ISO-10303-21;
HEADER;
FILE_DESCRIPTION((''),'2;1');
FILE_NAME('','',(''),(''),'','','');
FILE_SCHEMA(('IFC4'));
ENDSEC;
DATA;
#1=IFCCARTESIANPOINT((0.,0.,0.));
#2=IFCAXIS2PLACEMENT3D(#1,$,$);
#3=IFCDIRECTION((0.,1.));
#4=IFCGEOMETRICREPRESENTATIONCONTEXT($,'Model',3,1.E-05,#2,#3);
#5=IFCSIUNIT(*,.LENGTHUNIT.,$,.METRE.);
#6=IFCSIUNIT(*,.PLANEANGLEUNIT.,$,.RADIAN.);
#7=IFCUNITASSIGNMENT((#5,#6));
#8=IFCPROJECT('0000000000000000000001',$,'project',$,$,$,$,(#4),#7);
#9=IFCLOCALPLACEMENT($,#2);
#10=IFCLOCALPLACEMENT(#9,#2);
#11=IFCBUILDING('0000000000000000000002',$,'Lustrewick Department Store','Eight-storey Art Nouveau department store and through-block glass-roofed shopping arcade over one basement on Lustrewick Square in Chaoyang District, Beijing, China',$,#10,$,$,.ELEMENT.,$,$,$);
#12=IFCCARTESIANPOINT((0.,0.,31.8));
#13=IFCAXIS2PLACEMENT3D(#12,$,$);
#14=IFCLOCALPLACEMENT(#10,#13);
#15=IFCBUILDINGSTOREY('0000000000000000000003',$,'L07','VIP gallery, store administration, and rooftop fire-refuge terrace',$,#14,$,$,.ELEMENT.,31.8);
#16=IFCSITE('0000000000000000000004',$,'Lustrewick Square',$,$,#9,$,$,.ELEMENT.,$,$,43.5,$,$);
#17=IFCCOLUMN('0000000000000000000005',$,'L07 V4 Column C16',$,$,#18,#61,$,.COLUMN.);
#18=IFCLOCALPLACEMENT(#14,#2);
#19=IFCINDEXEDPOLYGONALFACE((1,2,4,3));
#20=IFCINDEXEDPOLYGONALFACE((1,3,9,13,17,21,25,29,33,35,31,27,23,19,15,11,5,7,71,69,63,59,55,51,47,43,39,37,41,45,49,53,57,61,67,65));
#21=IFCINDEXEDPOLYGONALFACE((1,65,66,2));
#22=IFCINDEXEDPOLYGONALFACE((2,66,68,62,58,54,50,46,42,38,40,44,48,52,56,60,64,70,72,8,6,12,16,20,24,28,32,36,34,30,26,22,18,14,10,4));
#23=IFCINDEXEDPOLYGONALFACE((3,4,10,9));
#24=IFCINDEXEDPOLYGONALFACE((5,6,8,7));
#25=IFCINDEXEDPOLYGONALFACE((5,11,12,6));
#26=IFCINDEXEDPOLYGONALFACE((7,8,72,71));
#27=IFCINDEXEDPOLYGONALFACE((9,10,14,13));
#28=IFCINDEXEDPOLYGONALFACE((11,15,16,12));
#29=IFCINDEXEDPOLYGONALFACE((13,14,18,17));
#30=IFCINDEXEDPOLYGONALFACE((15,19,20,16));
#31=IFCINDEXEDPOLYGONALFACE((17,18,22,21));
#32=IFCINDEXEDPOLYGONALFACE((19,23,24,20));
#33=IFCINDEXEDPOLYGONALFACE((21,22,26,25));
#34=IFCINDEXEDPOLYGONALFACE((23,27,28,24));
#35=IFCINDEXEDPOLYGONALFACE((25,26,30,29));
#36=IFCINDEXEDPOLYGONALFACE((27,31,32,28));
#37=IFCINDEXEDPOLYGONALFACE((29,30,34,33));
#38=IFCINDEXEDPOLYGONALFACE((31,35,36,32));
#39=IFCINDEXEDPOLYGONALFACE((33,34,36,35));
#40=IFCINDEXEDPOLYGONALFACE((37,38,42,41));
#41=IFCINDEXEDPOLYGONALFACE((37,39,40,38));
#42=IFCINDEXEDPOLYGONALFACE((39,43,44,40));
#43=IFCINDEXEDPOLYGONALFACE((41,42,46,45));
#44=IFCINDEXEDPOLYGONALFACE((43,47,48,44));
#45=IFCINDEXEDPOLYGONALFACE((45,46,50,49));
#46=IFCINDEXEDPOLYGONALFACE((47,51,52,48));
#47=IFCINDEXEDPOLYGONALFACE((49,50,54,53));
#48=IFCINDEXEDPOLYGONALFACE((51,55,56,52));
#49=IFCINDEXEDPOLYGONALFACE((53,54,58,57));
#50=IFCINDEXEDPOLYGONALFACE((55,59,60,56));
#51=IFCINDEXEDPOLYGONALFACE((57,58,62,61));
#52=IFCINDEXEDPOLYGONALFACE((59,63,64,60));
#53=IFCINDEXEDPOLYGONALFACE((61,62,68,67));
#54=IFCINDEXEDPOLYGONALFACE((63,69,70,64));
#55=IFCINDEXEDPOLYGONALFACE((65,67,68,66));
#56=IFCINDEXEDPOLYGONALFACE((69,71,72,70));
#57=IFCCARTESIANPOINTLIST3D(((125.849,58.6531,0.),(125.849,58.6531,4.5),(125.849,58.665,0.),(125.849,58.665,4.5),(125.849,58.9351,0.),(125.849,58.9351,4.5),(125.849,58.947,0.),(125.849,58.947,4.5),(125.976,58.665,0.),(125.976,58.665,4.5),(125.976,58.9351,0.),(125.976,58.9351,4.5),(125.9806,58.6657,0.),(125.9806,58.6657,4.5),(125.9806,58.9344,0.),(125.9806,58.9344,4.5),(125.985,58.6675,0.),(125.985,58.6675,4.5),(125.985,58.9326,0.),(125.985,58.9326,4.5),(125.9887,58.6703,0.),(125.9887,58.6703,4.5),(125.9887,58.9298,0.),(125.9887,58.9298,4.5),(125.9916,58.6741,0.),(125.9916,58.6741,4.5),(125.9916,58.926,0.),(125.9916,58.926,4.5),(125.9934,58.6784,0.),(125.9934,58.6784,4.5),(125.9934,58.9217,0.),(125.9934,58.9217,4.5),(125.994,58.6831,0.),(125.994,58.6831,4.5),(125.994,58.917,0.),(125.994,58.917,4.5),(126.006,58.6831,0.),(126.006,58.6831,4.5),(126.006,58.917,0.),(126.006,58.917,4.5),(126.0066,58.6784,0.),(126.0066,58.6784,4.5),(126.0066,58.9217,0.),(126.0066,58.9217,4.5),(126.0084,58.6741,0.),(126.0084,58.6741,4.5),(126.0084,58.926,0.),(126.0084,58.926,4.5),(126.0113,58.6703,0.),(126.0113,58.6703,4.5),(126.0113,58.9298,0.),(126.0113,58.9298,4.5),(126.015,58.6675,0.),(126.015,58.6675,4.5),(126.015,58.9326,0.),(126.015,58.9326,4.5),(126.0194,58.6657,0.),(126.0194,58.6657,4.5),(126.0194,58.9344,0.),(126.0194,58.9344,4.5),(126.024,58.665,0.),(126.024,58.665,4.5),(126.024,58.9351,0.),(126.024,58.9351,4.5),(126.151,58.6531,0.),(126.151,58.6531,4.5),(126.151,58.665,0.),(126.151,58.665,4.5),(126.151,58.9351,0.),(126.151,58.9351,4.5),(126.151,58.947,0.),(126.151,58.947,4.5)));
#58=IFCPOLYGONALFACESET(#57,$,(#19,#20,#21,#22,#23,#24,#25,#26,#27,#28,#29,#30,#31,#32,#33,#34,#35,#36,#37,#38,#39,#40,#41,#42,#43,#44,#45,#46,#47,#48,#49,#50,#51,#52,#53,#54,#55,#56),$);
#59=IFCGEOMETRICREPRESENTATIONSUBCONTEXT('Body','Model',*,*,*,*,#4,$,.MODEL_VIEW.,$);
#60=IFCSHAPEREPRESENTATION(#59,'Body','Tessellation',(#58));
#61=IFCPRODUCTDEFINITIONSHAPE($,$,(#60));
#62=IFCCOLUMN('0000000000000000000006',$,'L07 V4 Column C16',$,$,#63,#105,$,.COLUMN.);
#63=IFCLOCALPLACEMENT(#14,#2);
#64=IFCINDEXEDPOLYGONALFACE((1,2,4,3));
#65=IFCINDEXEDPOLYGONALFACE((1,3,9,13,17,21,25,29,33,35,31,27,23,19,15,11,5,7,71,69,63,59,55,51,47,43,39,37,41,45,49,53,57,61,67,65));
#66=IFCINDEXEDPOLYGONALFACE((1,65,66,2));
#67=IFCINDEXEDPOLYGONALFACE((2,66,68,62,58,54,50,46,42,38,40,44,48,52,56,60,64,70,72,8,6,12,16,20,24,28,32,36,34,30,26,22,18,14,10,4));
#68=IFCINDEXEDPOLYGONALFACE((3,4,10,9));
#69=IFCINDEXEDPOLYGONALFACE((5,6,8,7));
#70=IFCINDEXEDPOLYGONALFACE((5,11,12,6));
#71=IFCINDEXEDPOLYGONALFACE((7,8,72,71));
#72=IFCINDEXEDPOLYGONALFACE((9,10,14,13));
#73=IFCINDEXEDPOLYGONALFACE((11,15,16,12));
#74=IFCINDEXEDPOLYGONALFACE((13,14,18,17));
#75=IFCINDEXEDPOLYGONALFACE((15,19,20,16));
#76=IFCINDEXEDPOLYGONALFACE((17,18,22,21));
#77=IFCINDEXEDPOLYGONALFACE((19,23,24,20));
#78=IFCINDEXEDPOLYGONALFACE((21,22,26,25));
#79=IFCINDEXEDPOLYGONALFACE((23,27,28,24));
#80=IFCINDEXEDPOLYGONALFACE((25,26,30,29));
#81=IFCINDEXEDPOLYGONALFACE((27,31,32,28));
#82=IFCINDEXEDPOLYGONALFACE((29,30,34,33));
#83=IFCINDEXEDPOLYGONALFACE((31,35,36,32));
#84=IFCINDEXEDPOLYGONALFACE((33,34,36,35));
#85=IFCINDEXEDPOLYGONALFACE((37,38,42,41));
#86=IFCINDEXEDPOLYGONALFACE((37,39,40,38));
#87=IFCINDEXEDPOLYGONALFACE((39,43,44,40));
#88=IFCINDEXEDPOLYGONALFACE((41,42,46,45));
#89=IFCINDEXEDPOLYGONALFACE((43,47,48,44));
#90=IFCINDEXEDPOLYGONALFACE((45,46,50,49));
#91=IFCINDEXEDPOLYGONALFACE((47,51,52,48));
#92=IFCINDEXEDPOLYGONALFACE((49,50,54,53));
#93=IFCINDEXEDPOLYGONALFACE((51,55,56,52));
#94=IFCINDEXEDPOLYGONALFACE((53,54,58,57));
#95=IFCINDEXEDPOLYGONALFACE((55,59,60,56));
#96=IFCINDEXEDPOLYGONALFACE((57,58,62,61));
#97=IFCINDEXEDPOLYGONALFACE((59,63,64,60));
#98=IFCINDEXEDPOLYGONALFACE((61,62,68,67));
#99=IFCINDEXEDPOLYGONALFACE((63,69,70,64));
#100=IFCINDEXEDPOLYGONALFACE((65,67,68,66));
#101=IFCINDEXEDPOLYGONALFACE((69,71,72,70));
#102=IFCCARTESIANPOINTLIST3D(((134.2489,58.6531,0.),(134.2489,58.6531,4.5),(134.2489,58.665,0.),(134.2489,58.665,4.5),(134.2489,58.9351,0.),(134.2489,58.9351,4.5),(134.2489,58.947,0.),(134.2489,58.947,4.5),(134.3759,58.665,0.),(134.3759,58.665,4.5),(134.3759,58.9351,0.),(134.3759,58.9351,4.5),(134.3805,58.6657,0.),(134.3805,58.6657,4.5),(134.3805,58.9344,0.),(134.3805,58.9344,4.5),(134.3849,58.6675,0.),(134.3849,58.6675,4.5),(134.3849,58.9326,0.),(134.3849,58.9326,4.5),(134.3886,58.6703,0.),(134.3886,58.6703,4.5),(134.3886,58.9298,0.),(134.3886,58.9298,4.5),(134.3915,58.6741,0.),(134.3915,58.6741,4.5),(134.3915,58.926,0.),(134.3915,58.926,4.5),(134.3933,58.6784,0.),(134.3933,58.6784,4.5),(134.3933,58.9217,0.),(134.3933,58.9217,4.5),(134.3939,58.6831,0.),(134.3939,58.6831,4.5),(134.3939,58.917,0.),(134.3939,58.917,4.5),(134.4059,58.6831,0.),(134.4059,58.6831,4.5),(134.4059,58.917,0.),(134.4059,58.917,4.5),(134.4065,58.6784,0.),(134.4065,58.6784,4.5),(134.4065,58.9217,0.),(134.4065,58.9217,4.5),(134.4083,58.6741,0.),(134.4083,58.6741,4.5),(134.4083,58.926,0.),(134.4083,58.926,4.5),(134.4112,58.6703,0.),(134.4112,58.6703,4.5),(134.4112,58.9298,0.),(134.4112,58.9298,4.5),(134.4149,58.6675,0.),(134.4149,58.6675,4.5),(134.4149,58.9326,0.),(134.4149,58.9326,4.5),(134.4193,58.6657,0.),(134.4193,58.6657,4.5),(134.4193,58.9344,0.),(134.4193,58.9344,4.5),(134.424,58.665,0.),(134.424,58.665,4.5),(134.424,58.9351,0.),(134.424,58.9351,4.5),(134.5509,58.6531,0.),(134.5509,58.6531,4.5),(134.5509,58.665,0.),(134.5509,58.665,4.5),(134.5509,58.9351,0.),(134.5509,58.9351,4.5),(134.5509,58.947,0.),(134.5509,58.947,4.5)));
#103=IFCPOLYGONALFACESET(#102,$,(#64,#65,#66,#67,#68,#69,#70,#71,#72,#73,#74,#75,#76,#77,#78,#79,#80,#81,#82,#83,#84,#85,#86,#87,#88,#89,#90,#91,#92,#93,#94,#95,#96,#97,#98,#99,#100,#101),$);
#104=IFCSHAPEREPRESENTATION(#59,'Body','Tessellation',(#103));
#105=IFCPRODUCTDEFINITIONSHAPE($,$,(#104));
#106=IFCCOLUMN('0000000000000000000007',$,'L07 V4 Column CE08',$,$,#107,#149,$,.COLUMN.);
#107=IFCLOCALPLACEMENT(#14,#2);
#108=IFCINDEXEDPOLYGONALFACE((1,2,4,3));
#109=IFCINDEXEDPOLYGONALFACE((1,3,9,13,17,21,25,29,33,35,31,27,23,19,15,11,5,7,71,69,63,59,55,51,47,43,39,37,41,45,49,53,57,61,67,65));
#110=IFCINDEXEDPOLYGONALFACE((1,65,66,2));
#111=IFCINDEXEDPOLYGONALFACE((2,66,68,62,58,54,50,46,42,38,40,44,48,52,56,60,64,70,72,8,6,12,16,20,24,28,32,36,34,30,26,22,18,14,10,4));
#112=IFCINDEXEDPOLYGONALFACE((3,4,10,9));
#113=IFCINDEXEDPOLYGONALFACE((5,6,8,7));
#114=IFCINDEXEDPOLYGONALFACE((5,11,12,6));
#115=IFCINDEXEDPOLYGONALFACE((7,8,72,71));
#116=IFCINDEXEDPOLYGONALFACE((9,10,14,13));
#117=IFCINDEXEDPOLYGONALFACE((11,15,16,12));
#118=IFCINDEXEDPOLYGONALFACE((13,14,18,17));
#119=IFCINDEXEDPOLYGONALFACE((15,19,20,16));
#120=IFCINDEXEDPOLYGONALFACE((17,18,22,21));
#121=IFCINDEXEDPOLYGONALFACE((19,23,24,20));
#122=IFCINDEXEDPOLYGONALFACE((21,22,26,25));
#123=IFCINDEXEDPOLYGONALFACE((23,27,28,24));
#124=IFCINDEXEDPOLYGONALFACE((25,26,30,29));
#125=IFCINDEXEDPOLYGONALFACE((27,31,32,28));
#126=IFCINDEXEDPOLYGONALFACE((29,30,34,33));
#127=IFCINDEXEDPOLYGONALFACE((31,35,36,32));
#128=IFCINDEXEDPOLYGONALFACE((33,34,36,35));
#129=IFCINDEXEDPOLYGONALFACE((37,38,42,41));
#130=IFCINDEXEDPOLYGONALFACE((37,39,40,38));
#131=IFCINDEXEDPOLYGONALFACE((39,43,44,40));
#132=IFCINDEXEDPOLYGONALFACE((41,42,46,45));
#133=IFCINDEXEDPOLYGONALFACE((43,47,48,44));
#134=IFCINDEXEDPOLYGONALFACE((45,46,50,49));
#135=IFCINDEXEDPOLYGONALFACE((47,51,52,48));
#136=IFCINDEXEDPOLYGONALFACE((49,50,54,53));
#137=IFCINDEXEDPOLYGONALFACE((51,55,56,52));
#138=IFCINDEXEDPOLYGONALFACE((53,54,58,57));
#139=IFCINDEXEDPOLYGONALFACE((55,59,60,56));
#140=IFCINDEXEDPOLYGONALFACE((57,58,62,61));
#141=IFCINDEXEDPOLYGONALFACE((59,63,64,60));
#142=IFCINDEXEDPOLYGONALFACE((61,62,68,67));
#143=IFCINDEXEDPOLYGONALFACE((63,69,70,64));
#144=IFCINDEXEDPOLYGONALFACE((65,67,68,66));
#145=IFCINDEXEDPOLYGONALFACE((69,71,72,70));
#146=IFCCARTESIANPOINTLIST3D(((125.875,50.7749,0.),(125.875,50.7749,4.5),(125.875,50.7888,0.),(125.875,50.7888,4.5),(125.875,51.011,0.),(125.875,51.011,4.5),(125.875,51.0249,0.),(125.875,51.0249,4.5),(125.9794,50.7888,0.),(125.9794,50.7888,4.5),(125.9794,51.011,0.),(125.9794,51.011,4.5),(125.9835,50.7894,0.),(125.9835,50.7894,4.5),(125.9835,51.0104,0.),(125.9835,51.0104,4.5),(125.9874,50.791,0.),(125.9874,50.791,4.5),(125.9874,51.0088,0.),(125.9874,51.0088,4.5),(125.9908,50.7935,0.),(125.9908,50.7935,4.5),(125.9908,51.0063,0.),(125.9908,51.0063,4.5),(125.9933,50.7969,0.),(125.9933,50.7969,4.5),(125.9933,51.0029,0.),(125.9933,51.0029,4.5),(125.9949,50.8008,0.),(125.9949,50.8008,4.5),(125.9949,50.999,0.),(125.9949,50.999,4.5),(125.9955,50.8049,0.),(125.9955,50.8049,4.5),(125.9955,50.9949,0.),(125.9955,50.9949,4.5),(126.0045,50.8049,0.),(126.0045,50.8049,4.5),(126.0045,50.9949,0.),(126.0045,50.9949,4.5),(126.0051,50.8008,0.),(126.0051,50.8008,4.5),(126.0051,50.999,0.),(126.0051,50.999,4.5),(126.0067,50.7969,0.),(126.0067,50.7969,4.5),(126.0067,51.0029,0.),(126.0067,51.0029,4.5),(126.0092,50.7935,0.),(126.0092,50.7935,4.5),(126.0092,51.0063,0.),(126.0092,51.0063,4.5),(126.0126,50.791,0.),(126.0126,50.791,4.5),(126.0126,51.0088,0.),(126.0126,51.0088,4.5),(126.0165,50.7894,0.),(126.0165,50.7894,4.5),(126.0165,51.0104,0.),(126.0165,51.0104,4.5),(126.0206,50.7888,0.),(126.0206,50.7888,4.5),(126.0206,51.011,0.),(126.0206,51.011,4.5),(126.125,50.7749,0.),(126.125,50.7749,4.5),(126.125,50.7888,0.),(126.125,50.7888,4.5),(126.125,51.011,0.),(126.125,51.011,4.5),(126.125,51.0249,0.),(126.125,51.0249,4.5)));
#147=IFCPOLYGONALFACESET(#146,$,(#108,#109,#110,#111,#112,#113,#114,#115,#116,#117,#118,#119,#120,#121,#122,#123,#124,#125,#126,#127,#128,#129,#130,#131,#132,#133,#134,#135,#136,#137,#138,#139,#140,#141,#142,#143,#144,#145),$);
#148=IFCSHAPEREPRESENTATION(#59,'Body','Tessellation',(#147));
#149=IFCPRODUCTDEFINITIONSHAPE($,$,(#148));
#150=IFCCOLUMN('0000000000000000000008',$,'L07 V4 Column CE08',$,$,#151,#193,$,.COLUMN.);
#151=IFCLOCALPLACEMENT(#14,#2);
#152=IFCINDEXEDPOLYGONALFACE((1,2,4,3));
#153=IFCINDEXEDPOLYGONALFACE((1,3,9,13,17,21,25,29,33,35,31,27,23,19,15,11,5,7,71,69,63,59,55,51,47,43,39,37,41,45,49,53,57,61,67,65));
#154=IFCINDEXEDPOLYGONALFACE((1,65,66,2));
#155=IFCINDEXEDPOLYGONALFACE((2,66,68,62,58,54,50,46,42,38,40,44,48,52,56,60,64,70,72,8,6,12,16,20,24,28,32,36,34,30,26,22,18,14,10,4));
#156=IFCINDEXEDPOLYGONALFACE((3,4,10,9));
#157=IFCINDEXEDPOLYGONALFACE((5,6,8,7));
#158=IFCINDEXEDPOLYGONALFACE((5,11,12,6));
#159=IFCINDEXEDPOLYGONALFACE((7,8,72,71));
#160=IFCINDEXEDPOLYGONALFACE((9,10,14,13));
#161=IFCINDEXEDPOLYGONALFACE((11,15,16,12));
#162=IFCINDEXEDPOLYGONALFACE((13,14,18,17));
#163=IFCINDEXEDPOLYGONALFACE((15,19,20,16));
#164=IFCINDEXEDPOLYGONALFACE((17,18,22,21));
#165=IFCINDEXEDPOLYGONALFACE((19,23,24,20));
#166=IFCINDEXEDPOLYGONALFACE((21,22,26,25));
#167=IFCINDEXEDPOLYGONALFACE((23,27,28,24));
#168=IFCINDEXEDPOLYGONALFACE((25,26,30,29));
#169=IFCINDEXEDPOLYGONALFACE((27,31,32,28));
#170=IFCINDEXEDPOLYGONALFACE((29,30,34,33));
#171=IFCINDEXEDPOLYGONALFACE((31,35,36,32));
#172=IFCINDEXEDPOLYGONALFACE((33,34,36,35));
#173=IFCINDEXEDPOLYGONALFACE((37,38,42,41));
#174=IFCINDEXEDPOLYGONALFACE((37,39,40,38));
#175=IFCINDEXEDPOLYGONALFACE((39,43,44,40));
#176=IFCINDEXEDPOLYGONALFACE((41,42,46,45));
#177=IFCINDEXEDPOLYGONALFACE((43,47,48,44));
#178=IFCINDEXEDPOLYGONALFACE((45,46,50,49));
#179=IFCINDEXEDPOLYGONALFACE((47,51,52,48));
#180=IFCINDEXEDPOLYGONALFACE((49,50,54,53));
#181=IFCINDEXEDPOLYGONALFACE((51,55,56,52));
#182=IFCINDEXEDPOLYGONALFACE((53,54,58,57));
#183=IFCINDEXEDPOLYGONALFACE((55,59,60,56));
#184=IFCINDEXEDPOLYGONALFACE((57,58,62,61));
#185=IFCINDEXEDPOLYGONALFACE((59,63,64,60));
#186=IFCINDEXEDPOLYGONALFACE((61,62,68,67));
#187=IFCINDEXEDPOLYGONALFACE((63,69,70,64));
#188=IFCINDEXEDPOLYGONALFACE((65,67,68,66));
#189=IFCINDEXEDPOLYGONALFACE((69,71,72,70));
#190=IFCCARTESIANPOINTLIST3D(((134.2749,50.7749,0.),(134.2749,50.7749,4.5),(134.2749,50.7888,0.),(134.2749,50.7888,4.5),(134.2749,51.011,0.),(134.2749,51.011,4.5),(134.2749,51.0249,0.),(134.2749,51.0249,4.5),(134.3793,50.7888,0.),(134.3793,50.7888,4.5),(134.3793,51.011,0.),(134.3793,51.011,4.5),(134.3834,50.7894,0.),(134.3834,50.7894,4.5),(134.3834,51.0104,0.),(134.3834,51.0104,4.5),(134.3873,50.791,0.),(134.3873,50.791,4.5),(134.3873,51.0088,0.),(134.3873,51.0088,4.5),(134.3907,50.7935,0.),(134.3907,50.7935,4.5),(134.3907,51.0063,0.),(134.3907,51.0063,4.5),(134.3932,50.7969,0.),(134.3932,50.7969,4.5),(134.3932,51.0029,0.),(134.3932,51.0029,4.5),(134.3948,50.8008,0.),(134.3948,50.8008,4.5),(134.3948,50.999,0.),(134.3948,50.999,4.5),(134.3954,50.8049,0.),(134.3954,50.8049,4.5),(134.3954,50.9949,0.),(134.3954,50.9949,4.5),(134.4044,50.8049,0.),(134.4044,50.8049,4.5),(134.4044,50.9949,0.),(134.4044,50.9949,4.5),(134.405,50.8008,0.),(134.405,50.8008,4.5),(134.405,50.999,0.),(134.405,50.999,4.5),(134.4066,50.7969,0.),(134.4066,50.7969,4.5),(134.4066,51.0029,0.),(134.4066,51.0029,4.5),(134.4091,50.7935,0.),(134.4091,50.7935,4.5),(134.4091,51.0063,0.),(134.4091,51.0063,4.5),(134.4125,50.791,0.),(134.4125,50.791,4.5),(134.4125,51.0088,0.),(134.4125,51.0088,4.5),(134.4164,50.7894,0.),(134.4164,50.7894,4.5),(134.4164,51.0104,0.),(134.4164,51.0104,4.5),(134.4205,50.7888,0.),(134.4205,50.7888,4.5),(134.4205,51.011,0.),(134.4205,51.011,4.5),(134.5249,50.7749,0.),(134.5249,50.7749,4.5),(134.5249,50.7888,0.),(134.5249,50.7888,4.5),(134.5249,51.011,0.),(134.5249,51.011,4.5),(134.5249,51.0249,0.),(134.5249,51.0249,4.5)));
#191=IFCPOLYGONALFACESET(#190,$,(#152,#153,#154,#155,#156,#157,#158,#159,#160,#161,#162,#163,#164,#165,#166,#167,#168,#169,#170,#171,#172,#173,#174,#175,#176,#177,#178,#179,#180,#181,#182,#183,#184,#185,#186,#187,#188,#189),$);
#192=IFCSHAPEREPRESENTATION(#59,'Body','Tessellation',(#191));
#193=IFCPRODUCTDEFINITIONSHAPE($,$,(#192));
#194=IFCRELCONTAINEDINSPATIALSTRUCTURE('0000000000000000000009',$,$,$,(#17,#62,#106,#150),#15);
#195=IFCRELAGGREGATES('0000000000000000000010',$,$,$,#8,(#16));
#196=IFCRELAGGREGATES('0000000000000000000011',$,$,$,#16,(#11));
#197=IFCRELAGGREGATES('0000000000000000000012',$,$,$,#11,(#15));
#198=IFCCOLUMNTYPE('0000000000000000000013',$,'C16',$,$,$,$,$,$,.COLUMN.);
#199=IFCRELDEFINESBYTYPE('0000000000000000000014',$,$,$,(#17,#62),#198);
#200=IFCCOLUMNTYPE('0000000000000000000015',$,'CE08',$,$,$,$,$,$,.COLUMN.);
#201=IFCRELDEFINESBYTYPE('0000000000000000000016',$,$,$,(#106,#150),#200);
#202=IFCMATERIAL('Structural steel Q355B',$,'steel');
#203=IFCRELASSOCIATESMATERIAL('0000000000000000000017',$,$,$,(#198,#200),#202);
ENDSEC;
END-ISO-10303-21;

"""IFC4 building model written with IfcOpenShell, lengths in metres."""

from ifc_helpers import new_model, si_unit, direction, frame, origin, origin_2d, place, context, subcontext, project, spatial, i_section, extrude, material, material_profile, profile_set, type_object, element, save


model = new_model("IFC4")

# Units and contexts
model_context = context("Model", 3, precision=1e-05, world=origin(), true_north=direction((0.0, 1.0)))
body_context = subcontext(model_context, "Body", "Model", "MODEL_VIEW")
ifc_project = project(units=[si_unit("LENGTHUNIT", "METRE"), si_unit("PLANEANGLEUNIT", "RADIAN")], contexts=[model_context])

# Site, building, storey
site_placement = place(None, origin())
site = spatial("IfcSite", under=ifc_project, at=site_placement, Name="Lustrewick Square", CompositionType="ELEMENT", RefElevation=43.5)
building_placement = place(site_placement, origin())
building = spatial("IfcBuilding", under=site, at=building_placement, Name="Lustrewick Department Store", Description="Eight-storey Art Nouveau department store and through-block glass-roofed shopping arcade over one basement on Lustrewick Square in Chaoyang District, Beijing, China", CompositionType="ELEMENT")
storey_placement = place(building_placement, frame((0.0, 0.0, 31.8)))
storey = spatial("IfcBuildingStorey", under=building, at=storey_placement, Name="L07", Description="VIP gallery, store administration, and rooftop fire-refuge terrace", CompositionType="ELEMENT", Elevation=31.8)

# Columns
ifc_material_1 = material(Name="Structural steel Q355B", Category="steel")
ifc_material_profile_1 = material_profile(ifc_material_1, i_section(OverallWidth=0.302, OverallDepth=0.2939, WebThickness=0.012, FlangeThickness=0.012, FilletRadius=0.0181, at=origin_2d()), Name="HW 294x302x12x12")
ifc_profile_set_1 = profile_set([ifc_material_profile_1], Name="Structural steel Q355B")
column_type_1 = type_object("IfcColumnType", Name="C16", PredefinedType="COLUMN", material=ifc_profile_set_1)
for number, where, z_axis, x_axis, name in (
    (1, (126.0, 58.8, 0.0), (0.0, 0.0, 1.0), (1.0, 0.0, 0.0), "L07 V4 Column C16"),
    (2, (134.3999, 58.8, 0.0), (0.0, 0.0, 1.0), (1.0, 0.0, 0.0), "L07 V4 Column C16"),
):
    element("IfcColumn", number, at=place(storey_placement, frame(where, z_axis=z_axis, x_axis=x_axis)), inside=storey, type_object=column_type_1, Name=name, PredefinedType="COLUMN", context=body_context, shape_type="SweptSolid", body=[
        extrude(i_section(OverallWidth=0.302, OverallDepth=0.2939, WebThickness=0.012, FlangeThickness=0.012, FilletRadius=0.0181, at=origin_2d()), origin(), (0.0, 0.0, 1.0), 4.5),
    ])
ifc_material_profile_2 = material_profile(ifc_material_1, i_section(OverallWidth=0.25, OverallDepth=0.25, WebThickness=0.009, FlangeThickness=0.0139, FilletRadius=0.0161, at=origin_2d()), Name="HW 250x250x9x14")
ifc_profile_set_2 = profile_set([ifc_material_profile_2], Name="Structural steel Q355B")
column_type_2 = type_object("IfcColumnType", Name="CE08", PredefinedType="COLUMN", material=ifc_profile_set_2)
for number, where, z_axis, x_axis, name in (
    (3, (126.0, 50.8999, 0.0), (0.0, 0.0, 1.0), (1.0, 0.0, 0.0), "L07 V4 Column CE08"),
    (4, (134.3999, 50.8999, 0.0), (0.0, 0.0, 1.0), (1.0, 0.0, 0.0), "L07 V4 Column CE08"),
):
    element("IfcColumn", number, at=place(storey_placement, frame(where, z_axis=z_axis, x_axis=x_axis)), inside=storey, type_object=column_type_2, Name=name, PredefinedType="COLUMN", context=body_context, shape_type="SweptSolid", body=[
        extrude(i_section(OverallWidth=0.25, OverallDepth=0.25, WebThickness=0.009, FlangeThickness=0.0139, FilletRadius=0.0161, at=origin_2d()), origin(), (0.0, 0.0, 1.0), 4.5),
    ])

save(model, "model.ifc")
